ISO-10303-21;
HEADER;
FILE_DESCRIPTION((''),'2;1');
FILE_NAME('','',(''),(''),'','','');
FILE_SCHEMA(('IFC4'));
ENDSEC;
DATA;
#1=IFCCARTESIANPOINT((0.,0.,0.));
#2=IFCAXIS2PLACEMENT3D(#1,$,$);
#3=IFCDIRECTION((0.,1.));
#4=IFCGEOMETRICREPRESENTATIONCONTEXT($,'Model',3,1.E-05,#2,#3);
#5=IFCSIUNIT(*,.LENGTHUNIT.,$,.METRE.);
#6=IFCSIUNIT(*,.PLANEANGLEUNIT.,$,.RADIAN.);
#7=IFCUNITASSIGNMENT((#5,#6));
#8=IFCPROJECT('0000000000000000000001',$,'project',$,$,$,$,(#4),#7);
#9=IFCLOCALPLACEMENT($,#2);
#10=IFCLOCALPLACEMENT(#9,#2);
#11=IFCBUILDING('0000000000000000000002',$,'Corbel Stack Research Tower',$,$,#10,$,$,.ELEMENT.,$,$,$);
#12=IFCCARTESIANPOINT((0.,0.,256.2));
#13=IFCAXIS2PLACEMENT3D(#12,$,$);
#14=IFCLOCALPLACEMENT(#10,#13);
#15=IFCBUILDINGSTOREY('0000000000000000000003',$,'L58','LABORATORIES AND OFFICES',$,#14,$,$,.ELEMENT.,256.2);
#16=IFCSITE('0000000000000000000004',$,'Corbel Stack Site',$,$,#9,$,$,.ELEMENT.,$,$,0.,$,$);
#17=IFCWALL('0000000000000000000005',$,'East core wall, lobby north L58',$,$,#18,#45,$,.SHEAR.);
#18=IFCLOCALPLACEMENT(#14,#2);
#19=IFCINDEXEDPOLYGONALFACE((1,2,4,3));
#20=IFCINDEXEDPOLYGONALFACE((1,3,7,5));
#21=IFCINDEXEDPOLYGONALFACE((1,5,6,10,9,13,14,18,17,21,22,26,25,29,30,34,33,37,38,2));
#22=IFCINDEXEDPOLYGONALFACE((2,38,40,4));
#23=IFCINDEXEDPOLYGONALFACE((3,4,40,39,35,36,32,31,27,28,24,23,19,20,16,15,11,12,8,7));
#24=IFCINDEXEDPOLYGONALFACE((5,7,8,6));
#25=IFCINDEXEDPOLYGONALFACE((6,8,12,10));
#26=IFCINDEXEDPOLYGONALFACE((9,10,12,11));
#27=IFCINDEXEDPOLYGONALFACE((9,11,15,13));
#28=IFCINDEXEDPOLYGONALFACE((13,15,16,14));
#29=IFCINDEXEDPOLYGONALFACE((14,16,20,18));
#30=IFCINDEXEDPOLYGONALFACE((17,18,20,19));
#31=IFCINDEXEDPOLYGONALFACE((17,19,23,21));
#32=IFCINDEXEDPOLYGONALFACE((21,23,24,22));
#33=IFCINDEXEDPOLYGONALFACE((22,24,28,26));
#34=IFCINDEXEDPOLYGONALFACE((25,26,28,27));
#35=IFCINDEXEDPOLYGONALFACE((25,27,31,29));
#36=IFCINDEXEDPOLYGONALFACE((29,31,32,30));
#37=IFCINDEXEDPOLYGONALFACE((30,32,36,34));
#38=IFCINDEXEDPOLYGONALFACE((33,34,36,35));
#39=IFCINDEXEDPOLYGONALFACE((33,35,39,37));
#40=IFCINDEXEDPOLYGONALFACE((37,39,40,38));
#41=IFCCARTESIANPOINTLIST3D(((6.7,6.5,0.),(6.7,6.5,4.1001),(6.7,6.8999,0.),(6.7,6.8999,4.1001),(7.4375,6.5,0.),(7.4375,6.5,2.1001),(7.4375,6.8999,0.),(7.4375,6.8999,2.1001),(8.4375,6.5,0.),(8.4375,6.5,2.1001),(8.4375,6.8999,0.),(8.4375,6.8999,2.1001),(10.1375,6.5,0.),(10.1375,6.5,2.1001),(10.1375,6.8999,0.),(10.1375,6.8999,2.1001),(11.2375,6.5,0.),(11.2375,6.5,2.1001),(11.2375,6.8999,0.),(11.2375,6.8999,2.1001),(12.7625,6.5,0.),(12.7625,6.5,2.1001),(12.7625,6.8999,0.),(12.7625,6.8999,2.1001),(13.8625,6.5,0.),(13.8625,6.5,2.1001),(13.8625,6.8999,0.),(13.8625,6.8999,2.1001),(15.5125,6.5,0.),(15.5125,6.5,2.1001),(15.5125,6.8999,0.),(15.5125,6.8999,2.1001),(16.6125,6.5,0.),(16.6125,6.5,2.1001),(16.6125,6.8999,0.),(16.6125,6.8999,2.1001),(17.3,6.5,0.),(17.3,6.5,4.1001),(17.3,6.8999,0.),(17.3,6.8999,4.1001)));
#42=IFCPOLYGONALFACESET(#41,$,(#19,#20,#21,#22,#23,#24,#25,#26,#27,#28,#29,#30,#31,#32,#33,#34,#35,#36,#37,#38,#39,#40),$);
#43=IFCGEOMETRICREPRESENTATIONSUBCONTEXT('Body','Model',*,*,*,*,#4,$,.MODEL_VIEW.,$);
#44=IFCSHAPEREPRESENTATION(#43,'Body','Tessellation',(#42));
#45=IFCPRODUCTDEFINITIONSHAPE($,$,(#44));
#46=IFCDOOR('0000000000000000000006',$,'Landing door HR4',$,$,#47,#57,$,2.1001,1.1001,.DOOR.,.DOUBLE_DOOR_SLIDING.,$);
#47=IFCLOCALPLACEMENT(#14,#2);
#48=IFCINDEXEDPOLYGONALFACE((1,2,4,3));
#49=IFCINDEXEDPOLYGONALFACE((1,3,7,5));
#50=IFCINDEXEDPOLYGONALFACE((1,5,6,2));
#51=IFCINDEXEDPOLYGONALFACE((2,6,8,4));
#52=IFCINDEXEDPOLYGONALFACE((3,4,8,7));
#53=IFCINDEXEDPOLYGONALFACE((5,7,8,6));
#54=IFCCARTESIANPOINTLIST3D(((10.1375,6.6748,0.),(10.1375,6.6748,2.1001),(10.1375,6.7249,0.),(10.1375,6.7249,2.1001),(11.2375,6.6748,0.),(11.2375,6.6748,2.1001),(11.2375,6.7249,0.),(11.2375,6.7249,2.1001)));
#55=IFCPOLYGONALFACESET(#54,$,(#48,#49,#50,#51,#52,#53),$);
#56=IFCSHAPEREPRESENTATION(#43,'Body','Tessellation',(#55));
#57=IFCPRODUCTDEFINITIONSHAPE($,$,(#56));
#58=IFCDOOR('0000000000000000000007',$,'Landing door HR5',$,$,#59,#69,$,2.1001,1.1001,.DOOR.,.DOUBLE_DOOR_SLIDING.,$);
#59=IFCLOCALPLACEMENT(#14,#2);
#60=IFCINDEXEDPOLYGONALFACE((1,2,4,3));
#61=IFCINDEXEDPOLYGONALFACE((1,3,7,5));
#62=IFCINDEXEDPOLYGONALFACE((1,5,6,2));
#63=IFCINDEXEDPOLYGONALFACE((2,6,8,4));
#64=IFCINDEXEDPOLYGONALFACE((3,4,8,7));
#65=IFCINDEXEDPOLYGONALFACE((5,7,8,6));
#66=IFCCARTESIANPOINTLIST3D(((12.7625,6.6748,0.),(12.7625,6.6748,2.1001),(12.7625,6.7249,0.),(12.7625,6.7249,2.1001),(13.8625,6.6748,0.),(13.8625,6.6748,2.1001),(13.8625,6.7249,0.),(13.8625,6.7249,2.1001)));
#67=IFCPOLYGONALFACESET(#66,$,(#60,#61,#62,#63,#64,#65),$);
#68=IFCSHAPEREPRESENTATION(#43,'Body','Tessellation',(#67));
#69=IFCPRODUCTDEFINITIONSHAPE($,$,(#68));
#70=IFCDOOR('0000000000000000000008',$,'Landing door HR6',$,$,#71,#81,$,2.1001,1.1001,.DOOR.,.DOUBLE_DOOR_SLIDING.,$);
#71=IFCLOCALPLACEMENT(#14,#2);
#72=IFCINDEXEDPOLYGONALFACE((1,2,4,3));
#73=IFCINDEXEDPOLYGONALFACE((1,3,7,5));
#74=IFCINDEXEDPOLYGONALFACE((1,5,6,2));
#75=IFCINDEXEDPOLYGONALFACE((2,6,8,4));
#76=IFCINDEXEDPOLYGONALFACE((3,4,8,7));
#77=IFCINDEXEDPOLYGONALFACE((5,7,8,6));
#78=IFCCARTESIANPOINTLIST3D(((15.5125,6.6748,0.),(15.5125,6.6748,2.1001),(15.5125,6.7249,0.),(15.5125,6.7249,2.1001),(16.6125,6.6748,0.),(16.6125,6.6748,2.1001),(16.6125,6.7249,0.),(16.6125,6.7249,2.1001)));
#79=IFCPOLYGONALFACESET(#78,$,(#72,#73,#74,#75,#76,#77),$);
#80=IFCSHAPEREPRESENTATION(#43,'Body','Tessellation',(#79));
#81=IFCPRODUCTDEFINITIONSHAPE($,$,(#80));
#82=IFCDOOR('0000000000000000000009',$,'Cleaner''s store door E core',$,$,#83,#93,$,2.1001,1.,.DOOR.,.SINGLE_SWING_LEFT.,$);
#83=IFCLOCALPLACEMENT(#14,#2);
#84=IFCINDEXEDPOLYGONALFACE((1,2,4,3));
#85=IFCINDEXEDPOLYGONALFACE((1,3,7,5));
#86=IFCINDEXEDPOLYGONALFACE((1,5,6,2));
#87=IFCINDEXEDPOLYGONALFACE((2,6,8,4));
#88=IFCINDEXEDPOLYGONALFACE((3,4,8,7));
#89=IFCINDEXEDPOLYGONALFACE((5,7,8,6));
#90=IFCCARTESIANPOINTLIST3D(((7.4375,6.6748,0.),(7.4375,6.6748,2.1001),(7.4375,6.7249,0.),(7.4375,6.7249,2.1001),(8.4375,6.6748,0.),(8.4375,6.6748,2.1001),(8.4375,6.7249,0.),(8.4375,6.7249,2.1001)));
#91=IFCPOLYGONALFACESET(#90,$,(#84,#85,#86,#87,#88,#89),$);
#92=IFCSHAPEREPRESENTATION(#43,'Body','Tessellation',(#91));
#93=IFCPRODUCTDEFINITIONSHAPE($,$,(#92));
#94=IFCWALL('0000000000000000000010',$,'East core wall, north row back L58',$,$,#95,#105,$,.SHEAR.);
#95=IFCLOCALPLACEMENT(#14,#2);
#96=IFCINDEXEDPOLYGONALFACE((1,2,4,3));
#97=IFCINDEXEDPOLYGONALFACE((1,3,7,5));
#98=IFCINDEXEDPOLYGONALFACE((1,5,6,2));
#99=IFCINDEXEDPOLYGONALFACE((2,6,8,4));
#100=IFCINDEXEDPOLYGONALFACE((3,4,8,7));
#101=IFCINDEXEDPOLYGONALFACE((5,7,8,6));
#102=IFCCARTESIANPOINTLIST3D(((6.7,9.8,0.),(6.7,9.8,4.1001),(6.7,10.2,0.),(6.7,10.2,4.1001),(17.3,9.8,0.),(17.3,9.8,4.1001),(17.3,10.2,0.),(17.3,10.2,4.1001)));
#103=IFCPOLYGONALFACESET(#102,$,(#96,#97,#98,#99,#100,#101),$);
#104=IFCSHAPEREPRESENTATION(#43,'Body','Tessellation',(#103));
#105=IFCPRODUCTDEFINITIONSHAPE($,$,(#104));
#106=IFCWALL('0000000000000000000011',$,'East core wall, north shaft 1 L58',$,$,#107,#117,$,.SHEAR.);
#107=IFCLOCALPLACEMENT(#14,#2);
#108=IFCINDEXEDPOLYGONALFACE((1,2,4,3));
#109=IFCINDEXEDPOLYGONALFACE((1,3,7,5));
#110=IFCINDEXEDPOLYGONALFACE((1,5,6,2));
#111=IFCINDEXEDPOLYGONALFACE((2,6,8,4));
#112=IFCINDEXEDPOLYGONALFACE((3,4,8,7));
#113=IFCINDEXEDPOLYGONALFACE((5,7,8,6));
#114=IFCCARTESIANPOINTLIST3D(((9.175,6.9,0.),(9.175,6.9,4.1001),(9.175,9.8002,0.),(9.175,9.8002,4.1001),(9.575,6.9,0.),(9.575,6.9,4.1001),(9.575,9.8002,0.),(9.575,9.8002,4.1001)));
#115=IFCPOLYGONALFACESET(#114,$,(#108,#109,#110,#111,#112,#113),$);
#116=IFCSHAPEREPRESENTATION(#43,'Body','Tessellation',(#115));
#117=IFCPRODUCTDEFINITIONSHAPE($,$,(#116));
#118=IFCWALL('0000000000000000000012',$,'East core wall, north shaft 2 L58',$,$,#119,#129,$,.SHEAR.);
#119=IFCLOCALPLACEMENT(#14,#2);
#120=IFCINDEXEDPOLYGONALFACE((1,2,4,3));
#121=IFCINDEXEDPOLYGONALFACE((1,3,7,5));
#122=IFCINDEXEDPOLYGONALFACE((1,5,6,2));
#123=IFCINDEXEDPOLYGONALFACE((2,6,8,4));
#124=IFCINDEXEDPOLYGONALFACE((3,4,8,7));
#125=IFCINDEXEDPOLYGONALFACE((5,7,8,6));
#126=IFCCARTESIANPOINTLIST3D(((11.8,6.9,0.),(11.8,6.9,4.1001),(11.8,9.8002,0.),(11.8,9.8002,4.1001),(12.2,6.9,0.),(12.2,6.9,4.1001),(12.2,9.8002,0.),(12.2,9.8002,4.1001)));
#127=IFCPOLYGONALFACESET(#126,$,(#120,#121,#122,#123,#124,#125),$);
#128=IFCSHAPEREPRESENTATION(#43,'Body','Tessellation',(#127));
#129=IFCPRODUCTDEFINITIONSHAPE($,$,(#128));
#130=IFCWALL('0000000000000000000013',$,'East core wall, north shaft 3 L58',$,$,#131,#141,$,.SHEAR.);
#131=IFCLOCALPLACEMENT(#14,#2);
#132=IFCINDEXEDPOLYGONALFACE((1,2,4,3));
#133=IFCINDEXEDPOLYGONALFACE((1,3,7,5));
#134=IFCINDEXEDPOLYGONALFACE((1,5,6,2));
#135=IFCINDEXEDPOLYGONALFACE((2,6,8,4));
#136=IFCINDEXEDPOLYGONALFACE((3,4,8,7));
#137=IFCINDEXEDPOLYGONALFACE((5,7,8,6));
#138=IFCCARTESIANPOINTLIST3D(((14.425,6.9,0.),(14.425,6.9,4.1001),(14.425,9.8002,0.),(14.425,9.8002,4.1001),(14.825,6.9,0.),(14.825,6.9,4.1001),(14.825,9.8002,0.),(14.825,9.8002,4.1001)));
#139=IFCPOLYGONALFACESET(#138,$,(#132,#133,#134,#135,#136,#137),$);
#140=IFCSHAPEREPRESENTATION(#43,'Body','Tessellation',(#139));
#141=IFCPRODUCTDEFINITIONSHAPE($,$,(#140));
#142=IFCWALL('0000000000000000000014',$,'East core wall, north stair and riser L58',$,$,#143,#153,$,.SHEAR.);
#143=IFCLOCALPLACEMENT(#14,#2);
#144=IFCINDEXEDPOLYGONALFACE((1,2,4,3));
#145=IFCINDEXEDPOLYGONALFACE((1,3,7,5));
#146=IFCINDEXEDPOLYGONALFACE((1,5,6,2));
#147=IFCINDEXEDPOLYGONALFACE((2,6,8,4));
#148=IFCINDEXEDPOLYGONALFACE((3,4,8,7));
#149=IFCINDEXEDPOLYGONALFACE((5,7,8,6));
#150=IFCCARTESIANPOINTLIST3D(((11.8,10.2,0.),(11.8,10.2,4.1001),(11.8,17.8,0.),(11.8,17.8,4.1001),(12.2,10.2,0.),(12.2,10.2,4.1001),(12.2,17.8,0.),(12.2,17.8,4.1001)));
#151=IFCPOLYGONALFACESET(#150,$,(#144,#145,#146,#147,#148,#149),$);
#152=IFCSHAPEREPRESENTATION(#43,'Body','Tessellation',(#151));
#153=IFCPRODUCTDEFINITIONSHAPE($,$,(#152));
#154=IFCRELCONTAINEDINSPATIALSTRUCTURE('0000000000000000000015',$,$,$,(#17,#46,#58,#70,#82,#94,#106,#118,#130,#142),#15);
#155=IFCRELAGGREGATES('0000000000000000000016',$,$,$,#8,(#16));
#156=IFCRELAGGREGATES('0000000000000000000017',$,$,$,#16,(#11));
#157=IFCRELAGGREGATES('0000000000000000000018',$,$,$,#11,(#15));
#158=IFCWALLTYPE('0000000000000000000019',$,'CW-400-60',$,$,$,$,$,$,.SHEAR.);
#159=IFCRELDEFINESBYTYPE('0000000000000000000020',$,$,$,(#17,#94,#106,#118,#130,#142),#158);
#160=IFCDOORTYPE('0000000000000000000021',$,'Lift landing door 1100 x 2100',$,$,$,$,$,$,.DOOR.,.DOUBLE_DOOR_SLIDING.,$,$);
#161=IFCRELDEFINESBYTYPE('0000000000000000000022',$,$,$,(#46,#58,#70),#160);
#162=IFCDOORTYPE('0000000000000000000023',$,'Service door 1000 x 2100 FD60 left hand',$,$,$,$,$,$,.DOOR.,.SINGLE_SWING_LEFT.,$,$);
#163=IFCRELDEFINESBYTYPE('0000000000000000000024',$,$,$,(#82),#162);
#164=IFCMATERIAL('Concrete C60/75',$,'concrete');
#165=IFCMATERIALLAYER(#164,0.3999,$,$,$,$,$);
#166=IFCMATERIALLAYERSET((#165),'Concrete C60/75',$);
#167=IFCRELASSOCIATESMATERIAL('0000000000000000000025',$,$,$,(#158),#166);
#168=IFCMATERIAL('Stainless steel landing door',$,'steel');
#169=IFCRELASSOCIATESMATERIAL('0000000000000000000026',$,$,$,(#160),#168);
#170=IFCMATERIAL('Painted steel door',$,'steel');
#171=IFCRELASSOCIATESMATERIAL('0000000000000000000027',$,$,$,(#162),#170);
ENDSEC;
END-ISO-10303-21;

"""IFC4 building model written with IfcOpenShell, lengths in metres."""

from ifc_helpers import new_model, si_unit, direction, frame, frame_2d, origin, place, context, subcontext, project, spatial, rectangle, extrude, material, layer, layer_set, type_object, element, fill, save


model = new_model("IFC4")

# Units and contexts
model_context = context("Model", 3, precision=1e-05, world=origin(), true_north=direction((0.0, 1.0)))
body_context = subcontext(model_context, "Body", "Model", "MODEL_VIEW")
ifc_project = project(units=[si_unit("LENGTHUNIT", "METRE"), si_unit("PLANEANGLEUNIT", "RADIAN")], contexts=[model_context])

# Site, building, storey
site_placement = place(None, origin())
site = spatial("IfcSite", under=ifc_project, at=site_placement, Name="Corbel Stack Site", CompositionType="ELEMENT", RefElevation=0.0)
building_placement = place(site_placement, origin())
building = spatial("IfcBuilding", under=site, at=building_placement, Name="Corbel Stack Research Tower", CompositionType="ELEMENT")
storey_placement = place(building_placement, frame((0.0, 0.0, 256.2)))
storey = spatial("IfcBuildingStorey", under=building, at=storey_placement, Name="L58", Description="LABORATORIES AND OFFICES", CompositionType="ELEMENT", Elevation=256.2)

# Wall, openings, doors
ifc_material_1 = material(Name="Concrete C60/75", Category="concrete")
ifc_layer = layer(ifc_material_1, 0.3999)
ifc_layer_set = layer_set([ifc_layer], Name="Concrete C60/75")
wall_type = type_object("IfcWallType", Name="CW-400-60", PredefinedType="SHEAR", material=ifc_layer_set)
ifc_material_2 = material(Name="Stainless steel landing door", Category="steel")
door_type_1 = type_object("IfcDoorType", Name="Lift landing door 1100 x 2100", OperationType="DOUBLE_DOOR_SLIDING", PredefinedType="DOOR", material=ifc_material_2)
ifc_material_3 = material(Name="Painted steel door", Category="steel")
door_type_2 = type_object("IfcDoorType", Name="Service door 1000 x 2100 FD60 left hand", OperationType="SINGLE_SWING_LEFT", PredefinedType="DOOR", material=ifc_material_3)
wall_1_placement = place(storey_placement, frame((6.7, 6.7, 0.0), z_axis=(0.0, 0.0, 1.0), x_axis=(1.0, 0.0, 0.0)))
wall_1 = element("IfcWall", 1, at=wall_1_placement, inside=storey, type_object=wall_type, Name="East core wall, lobby north L58", PredefinedType="SHEAR", context=body_context, shape_type="SweptSolid", body=[
    extrude(rectangle(XDim=10.6001, YDim=0.3999, at=frame_2d((5.3, 0.0))), origin(), (0.0, 0.0, 1.0), 4.1001),
])
opening_1_placement = place(wall_1_placement, frame((3.4375, 0.0, 0.0)))
opening_1 = element("IfcOpeningElement", 2, at=opening_1_placement, cuts=wall_1, PredefinedType="OPENING", context=body_context, shape_type="SweptSolid", body=[
    extrude(rectangle(XDim=1.1001, YDim=2.1001, at=frame_2d((0.55, 1.05))), frame((0.0, 0.21, 0.0), z_axis=(0.0, -1.0, 0.0), x_axis=(1.0, 0.0, 0.0)), (0.0, 0.0, 1.0), 0.4199),
])
opening_2_placement = place(wall_1_placement, frame((6.0625, 0.0, 0.0)))
opening_2 = element("IfcOpeningElement", 3, at=opening_2_placement, cuts=wall_1, PredefinedType="OPENING", context=body_context, shape_type="SweptSolid", body=[
    extrude(rectangle(XDim=1.1001, YDim=2.1001, at=frame_2d((0.55, 1.05))), frame((0.0, 0.21, 0.0), z_axis=(0.0, -1.0, 0.0), x_axis=(1.0, 0.0, 0.0)), (0.0, 0.0, 1.0), 0.4199),
])
opening_3_placement = place(wall_1_placement, frame((8.8125, 0.0, 0.0)))
opening_3 = element("IfcOpeningElement", 4, at=opening_3_placement, cuts=wall_1, PredefinedType="OPENING", context=body_context, shape_type="SweptSolid", body=[
    extrude(rectangle(XDim=1.1001, YDim=2.1001, at=frame_2d((0.55, 1.05))), frame((0.0, 0.21, 0.0), z_axis=(0.0, -1.0, 0.0), x_axis=(1.0, 0.0, 0.0)), (0.0, 0.0, 1.0), 0.4199),
])
opening_4_placement = place(wall_1_placement, frame((0.7375, 0.0, 0.0)))
opening_4 = element("IfcOpeningElement", 5, at=opening_4_placement, cuts=wall_1, PredefinedType="OPENING", context=body_context, shape_type="SweptSolid", body=[
    extrude(rectangle(XDim=1.0, YDim=2.1001, at=frame_2d((0.5, 1.05))), frame((0.0, 0.21, 0.0), z_axis=(0.0, -1.0, 0.0), x_axis=(1.0, 0.0, 0.0)), (0.0, 0.0, 1.0), 0.4199),
])
door_1_placement = place(opening_1_placement, origin())
door_1 = element("IfcDoor", 6, at=door_1_placement, inside=storey, type_object=door_type_1, Name="Landing door HR4", OperationType="DOUBLE_DOOR_SLIDING", OverallHeight=2.1001, OverallWidth=1.1001, PredefinedType="DOOR", context=body_context, shape_type="SweptSolid", body=[
    extrude(rectangle(XDim=1.1001, YDim=2.1001, at=frame_2d((0.55, 1.05))), frame((0.0, 0.0249, 0.0), z_axis=(0.0, -1.0, 0.0), x_axis=(1.0, 0.0, 0.0)), (0.0, 0.0, 1.0), 0.05),
])
fill(opening_1, door_1)
door_2_placement = place(opening_2_placement, origin())
door_2 = element("IfcDoor", 7, at=door_2_placement, inside=storey, type_object=door_type_1, Name="Landing door HR5", OperationType="DOUBLE_DOOR_SLIDING", OverallHeight=2.1001, OverallWidth=1.1001, PredefinedType="DOOR", context=body_context, shape_type="SweptSolid", body=[
    extrude(rectangle(XDim=1.1001, YDim=2.1001, at=frame_2d((0.55, 1.05))), frame((0.0, 0.0249, 0.0), z_axis=(0.0, -1.0, 0.0), x_axis=(1.0, 0.0, 0.0)), (0.0, 0.0, 1.0), 0.05),
])
fill(opening_2, door_2)
door_3_placement = place(opening_3_placement, origin())
door_3 = element("IfcDoor", 8, at=door_3_placement, inside=storey, type_object=door_type_1, Name="Landing door HR6", OperationType="DOUBLE_DOOR_SLIDING", OverallHeight=2.1001, OverallWidth=1.1001, PredefinedType="DOOR", context=body_context, shape_type="SweptSolid", body=[
    extrude(rectangle(XDim=1.1001, YDim=2.1001, at=frame_2d((0.55, 1.05))), frame((0.0, 0.0249, 0.0), z_axis=(0.0, -1.0, 0.0), x_axis=(1.0, 0.0, 0.0)), (0.0, 0.0, 1.0), 0.05),
])
fill(opening_3, door_3)
door_4_placement = place(opening_4_placement, origin())
door_4 = element("IfcDoor", 9, at=door_4_placement, inside=storey, type_object=door_type_2, Name="Cleaner's store door E core", OperationType="SINGLE_SWING_LEFT", OverallHeight=2.1001, OverallWidth=1.0, PredefinedType="DOOR", context=body_context, shape_type="SweptSolid", body=[
    extrude(rectangle(XDim=1.0, YDim=2.1001, at=frame_2d((0.5, 1.05))), frame((0.0, 0.0249, 0.0), z_axis=(0.0, -1.0, 0.0), x_axis=(1.0, 0.0, 0.0)), (0.0, 0.0, 1.0), 0.05),
])
fill(opening_4, door_4)

# Walls
wall_2_placement = place(storey_placement, frame((6.7, 10.0, 0.0), z_axis=(0.0, 0.0, 1.0), x_axis=(1.0, 0.0, 0.0)))
element("IfcWall", 10, at=wall_2_placement, inside=storey, type_object=wall_type, Name="East core wall, north row back L58", PredefinedType="SHEAR", context=body_context, shape_type="SweptSolid", body=[
    extrude(rectangle(XDim=10.6001, YDim=0.3999, at=frame_2d((5.3, 0.0))), origin(), (0.0, 0.0, 1.0), 4.1001),
])
for number, where, z_axis, x_axis, name in (
    (11, (9.375, 6.8999, 0.0), (0.0, 0.0, 1.0), (0.0, 1.0, 0.0), "East core wall, north shaft 1 L58"),
    (12, (12.0, 6.8999, 0.0), (0.0, 0.0, 1.0), (0.0, 1.0, 0.0), "East core wall, north shaft 2 L58"),
    (13, (14.625, 6.8999, 0.0), (0.0, 0.0, 1.0), (0.0, 1.0, 0.0), "East core wall, north shaft 3 L58"),
):
    element("IfcWall", number, at=place(storey_placement, frame(where, z_axis=z_axis, x_axis=x_axis)), inside=storey, type_object=wall_type, Name=name, PredefinedType="SHEAR", context=body_context, shape_type="SweptSolid", body=[
        extrude(rectangle(XDim=2.9001, YDim=0.3999, at=frame_2d((1.4502, 0.0))), origin(), (0.0, 0.0, 1.0), 4.1001),
    ])
wall_3_placement = place(storey_placement, frame((12.0, 10.2, 0.0), z_axis=(0.0, 0.0, 1.0), x_axis=(0.0, 1.0, 0.0)))
element("IfcWall", 14, at=wall_3_placement, inside=storey, type_object=wall_type, Name="East core wall, north stair and riser L58", PredefinedType="SHEAR", context=body_context, shape_type="SweptSolid", body=[
    extrude(rectangle(XDim=7.6001, YDim=0.3999, at=frame_2d((3.8, 0.0))), origin(), (0.0, 0.0, 1.0), 4.1001),
])

save(model, "model.ifc")
